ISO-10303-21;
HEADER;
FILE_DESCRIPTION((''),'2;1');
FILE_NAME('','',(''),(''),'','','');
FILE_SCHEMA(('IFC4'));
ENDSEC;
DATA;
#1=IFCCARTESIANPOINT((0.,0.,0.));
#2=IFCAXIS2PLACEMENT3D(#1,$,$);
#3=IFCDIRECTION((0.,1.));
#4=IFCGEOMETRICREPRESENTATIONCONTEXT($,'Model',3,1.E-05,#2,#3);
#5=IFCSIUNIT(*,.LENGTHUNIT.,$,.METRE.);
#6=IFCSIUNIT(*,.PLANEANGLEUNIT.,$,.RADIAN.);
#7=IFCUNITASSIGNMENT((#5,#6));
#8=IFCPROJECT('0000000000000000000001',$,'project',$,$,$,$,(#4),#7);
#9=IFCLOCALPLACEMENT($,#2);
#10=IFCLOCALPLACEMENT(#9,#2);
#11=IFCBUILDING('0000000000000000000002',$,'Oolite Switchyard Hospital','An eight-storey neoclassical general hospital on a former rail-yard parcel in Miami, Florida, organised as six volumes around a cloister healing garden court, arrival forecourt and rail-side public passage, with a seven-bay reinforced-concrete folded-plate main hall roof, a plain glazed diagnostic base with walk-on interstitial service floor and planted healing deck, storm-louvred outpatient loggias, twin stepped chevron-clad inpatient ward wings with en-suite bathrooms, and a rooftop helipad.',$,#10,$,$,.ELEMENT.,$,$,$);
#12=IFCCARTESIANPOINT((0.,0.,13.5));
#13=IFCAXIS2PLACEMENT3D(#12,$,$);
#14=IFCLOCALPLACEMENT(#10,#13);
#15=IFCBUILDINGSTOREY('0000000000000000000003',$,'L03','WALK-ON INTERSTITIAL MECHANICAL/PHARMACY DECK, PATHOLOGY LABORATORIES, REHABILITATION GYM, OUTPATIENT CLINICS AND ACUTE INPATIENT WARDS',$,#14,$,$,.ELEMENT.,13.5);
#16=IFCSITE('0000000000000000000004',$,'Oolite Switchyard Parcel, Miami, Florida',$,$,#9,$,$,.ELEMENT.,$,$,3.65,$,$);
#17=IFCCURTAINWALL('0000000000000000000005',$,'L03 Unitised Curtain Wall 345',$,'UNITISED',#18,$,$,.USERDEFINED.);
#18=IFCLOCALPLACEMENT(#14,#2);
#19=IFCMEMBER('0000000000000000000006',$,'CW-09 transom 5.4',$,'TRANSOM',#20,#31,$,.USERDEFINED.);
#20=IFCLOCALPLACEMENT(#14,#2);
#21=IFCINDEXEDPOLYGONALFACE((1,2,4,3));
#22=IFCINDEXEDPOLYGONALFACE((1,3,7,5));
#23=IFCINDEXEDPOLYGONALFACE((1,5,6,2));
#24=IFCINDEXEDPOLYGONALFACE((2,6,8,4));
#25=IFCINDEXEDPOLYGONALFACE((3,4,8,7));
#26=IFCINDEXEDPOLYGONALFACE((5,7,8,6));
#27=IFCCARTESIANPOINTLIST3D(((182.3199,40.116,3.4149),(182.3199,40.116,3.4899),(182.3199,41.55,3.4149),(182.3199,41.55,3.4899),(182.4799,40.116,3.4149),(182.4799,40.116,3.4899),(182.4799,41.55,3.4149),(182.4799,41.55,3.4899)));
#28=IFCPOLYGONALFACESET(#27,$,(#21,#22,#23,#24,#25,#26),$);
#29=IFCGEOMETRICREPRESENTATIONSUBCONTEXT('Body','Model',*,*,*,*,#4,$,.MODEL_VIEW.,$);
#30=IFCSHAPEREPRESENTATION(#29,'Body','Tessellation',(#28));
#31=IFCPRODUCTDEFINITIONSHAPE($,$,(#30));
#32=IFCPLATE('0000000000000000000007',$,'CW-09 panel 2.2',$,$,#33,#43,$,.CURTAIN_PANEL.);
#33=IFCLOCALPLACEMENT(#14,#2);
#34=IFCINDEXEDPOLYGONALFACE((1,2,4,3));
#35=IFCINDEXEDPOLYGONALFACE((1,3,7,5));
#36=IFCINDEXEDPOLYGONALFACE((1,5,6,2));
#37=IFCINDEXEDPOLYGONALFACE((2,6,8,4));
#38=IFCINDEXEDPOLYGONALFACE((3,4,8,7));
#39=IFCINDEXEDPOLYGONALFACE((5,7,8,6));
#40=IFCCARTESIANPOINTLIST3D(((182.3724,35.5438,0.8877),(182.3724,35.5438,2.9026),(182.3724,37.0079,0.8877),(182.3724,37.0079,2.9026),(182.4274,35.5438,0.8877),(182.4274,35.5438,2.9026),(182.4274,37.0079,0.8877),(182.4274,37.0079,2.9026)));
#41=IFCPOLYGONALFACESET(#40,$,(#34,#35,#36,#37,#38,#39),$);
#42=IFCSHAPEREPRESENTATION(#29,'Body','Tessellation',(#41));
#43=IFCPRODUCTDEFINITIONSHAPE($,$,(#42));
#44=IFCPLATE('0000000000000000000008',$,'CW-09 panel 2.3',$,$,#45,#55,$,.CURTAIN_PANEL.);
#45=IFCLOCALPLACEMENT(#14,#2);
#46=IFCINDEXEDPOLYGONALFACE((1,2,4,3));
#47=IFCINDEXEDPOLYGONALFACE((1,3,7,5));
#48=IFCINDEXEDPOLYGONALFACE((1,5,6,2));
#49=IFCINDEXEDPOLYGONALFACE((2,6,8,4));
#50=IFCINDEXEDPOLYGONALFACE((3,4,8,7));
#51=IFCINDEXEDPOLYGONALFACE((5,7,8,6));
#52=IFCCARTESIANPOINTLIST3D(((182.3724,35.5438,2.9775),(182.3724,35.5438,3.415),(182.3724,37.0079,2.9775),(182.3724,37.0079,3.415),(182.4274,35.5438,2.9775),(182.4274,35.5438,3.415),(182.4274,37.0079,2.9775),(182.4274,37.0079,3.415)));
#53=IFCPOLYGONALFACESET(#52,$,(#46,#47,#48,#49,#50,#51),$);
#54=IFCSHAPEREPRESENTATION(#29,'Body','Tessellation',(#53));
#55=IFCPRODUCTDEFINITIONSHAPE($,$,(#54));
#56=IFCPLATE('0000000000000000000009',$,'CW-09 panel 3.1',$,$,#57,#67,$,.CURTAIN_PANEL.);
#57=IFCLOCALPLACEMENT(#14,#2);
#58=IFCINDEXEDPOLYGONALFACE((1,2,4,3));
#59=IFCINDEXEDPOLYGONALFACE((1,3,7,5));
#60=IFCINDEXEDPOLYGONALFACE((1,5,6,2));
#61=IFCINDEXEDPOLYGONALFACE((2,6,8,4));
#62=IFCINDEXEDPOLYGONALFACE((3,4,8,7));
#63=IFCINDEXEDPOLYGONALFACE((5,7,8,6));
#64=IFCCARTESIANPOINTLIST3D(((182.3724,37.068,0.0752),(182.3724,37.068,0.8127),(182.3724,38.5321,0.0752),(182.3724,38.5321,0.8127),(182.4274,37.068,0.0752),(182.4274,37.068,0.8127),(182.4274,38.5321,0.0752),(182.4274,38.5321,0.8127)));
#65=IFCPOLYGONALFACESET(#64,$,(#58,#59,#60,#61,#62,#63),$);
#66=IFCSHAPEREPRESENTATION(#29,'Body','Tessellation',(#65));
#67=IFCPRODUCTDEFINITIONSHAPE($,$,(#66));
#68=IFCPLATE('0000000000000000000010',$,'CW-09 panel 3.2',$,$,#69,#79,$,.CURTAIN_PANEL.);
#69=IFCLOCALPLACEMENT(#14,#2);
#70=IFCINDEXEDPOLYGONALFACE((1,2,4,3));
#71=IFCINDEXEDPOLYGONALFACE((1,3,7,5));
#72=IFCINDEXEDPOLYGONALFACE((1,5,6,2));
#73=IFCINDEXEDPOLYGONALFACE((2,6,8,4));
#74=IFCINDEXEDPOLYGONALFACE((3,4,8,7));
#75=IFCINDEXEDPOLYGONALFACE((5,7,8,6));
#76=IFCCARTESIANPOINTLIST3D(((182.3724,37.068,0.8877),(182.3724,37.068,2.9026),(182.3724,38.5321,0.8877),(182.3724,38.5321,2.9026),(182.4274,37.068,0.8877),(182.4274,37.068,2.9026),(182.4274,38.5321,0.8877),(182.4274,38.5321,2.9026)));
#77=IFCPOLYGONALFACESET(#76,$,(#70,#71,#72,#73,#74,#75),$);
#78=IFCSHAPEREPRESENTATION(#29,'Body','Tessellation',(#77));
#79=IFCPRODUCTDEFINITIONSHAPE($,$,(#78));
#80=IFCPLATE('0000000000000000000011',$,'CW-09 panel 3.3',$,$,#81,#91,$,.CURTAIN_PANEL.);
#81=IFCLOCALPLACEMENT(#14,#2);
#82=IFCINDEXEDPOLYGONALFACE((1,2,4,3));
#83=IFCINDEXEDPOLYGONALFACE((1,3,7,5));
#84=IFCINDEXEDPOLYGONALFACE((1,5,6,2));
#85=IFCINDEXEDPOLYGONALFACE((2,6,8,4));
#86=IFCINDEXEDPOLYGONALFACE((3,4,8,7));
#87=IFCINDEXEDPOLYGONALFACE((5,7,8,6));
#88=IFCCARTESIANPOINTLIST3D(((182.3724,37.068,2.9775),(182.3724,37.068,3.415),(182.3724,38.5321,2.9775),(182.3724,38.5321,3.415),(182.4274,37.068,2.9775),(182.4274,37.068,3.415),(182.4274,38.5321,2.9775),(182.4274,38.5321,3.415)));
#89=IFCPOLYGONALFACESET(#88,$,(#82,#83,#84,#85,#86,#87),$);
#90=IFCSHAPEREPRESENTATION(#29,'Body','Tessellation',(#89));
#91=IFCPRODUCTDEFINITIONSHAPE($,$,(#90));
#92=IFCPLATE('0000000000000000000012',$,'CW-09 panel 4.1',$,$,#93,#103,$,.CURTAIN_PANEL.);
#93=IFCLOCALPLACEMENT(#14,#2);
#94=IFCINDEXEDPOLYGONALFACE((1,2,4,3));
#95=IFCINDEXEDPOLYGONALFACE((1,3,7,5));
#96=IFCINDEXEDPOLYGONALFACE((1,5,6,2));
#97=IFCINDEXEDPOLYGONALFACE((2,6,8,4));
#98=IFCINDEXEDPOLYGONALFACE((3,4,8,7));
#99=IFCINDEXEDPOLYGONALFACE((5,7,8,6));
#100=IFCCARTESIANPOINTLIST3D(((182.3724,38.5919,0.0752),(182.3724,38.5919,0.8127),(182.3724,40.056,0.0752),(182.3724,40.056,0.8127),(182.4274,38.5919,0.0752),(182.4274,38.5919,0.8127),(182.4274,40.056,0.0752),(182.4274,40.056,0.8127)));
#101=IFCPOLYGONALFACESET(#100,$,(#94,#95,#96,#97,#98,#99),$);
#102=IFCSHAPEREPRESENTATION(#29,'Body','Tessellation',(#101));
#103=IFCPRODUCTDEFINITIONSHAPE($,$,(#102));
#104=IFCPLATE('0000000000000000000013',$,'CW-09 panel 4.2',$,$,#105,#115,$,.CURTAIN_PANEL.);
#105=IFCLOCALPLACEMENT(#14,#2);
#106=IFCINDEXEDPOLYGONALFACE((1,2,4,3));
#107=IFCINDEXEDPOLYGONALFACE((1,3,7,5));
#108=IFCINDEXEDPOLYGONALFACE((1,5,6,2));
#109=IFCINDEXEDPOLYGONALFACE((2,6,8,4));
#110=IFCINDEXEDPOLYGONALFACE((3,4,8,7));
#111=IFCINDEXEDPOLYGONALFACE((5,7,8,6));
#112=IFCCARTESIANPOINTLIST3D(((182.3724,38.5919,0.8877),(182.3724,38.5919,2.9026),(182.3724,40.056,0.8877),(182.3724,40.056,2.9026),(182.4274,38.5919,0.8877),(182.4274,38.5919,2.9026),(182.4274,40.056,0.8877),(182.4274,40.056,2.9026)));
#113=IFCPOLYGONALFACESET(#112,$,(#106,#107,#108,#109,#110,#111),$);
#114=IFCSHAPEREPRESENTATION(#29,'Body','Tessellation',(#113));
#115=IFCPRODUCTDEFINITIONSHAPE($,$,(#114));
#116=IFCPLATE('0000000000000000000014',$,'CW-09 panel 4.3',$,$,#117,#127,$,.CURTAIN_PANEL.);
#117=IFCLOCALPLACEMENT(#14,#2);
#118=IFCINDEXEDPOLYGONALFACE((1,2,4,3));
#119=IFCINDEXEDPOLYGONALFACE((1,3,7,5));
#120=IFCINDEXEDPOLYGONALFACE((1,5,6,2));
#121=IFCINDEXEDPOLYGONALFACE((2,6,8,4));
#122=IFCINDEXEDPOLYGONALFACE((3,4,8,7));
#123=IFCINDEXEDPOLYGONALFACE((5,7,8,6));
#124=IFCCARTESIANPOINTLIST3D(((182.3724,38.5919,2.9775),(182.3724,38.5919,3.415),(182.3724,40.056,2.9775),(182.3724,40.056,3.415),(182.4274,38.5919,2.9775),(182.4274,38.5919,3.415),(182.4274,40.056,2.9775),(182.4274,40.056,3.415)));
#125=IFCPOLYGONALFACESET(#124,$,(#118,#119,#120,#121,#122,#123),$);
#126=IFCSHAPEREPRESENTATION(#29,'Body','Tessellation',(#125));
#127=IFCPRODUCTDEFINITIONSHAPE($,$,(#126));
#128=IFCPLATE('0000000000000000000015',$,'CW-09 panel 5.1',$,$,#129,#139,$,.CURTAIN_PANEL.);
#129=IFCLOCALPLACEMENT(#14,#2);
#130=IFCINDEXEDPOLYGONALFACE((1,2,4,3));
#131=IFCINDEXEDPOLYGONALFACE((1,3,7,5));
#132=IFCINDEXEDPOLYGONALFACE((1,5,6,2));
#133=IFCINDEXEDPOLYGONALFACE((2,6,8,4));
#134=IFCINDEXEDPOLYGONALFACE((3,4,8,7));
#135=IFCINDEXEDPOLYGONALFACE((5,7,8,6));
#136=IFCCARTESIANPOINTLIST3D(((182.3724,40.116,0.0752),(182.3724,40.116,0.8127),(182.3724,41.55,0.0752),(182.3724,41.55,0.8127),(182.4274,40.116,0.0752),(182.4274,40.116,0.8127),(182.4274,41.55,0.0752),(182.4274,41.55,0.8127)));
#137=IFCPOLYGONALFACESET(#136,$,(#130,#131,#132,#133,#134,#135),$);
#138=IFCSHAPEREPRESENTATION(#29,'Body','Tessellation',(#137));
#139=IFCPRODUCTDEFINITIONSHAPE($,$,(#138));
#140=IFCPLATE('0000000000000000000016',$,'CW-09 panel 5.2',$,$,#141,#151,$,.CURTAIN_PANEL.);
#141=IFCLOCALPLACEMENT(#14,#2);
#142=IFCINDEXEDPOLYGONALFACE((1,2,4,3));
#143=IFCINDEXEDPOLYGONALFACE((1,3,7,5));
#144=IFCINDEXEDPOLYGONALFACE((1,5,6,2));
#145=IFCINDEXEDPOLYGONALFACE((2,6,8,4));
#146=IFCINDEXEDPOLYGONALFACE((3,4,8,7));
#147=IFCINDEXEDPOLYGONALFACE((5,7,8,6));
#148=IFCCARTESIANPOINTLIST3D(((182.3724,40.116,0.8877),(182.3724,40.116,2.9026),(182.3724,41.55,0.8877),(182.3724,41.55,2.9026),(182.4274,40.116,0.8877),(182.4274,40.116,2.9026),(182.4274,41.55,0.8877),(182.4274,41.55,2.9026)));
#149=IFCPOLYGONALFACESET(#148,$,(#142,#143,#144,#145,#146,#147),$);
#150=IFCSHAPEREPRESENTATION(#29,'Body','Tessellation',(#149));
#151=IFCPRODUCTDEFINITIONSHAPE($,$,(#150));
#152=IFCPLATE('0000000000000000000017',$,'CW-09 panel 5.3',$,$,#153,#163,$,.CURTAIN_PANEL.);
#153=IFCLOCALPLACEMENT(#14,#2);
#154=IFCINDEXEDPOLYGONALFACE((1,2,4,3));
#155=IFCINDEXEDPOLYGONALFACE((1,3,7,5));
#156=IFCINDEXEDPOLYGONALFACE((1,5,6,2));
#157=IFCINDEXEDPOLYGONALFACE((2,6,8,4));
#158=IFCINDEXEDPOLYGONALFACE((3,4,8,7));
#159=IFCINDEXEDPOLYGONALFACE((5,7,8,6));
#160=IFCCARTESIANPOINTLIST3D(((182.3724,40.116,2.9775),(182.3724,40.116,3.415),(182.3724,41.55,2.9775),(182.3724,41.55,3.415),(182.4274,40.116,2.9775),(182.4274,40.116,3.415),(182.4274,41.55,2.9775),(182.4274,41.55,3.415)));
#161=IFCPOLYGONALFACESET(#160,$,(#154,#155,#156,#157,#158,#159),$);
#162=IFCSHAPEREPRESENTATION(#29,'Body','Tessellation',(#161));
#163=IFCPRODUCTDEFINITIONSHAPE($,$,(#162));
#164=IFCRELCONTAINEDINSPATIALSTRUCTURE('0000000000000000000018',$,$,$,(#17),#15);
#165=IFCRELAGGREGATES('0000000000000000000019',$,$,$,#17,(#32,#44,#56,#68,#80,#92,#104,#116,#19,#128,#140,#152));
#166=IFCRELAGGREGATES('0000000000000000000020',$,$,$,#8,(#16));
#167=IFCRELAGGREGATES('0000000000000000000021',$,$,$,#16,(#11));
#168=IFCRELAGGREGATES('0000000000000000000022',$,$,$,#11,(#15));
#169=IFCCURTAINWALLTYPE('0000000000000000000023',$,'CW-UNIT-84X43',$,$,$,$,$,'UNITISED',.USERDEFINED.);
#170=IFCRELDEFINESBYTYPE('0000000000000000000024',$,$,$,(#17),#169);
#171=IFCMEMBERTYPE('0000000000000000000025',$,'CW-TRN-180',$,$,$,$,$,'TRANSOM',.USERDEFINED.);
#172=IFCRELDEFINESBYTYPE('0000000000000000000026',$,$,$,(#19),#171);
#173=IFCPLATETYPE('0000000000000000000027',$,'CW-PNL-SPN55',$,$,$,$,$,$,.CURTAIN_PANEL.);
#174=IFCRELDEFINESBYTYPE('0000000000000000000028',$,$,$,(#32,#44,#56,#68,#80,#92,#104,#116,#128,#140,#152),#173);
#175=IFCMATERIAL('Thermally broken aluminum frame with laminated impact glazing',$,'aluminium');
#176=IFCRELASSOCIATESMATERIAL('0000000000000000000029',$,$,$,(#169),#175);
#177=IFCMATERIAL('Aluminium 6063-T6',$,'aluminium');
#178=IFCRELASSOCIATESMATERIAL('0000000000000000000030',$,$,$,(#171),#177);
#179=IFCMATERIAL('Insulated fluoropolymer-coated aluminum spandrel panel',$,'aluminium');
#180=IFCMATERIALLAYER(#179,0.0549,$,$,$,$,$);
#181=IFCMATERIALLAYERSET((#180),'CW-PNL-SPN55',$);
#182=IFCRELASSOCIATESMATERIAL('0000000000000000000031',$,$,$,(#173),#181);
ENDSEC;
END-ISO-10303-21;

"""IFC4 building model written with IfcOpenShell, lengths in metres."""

from ifc_helpers import new_model, si_unit, direction, frame, origin, origin_2d, place, context, subcontext, project, spatial, rectangle, extrude, material, layer, layer_set, material_profile, profile_set, type_object, element, aggregate, save


model = new_model("IFC4")

# Units and contexts
model_context = context("Model", 3, precision=1e-05, world=origin(), true_north=direction((0.0, 1.0)))
body_context = subcontext(model_context, "Body", "Model", "MODEL_VIEW")
ifc_project = project(units=[si_unit("LENGTHUNIT", "METRE"), si_unit("PLANEANGLEUNIT", "RADIAN")], contexts=[model_context])

# Site, building, storey
site_placement = place(None, origin())
site = spatial("IfcSite", under=ifc_project, at=site_placement, Name="Oolite Switchyard Parcel, Miami, Florida", CompositionType="ELEMENT", RefElevation=3.65)
building_placement = place(site_placement, origin())
building = spatial("IfcBuilding", under=site, at=building_placement, Name="Oolite Switchyard Hospital", Description="An eight-storey neoclassical general hospital on a former rail-yard parcel in Miami, Florida, organised as six volumes around a cloister healing garden court, arrival forecourt and rail-side public passage, with a seven-bay reinforced-concrete folded-plate main hall roof, a plain glazed diagnostic base with walk-on interstitial service floor and planted healing deck, storm-louvred outpatient loggias, twin stepped chevron-clad inpatient ward wings with en-suite bathrooms, and a rooftop helipad.", CompositionType="ELEMENT")
storey_placement = place(building_placement, frame((0.0, 0.0, 13.5)))
storey = spatial("IfcBuildingStorey", under=building, at=storey_placement, Name="L03", Description="WALK-ON INTERSTITIAL MECHANICAL/PHARMACY DECK, PATHOLOGY LABORATORIES, REHABILITATION GYM, OUTPATIENT CLINICS AND ACUTE INPATIENT WARDS", CompositionType="ELEMENT", Elevation=13.5)

# Curtain wall, member, plates
ifc_material_1 = material(Name="Thermally broken aluminum frame with laminated impact glazing", Category="aluminium")
curtain_wall_type = type_object("IfcCurtainWallType", Name="CW-UNIT-84X43", ElementType="UNITISED", PredefinedType="USERDEFINED", material=ifc_material_1)
curtain_wall_placement = place(storey_placement, origin())
curtain_wall = element("IfcCurtainWall", 1, at=curtain_wall_placement, inside=storey, type_object=curtain_wall_type, Name="L03 Unitised Curtain Wall 345", ObjectType="UNITISED", PredefinedType="USERDEFINED")
ifc_material_2 = material(Name="Aluminium 6063-T6", Category="aluminium")
ifc_material_profile_1 = material_profile(ifc_material_2, rectangle(XDim=0.1599, YDim=0.075, at=origin_2d()), Name="CWT75X160")
ifc_profile_set_1 = profile_set([ifc_material_profile_1], Name="Aluminium 6063-T6")
member_type_1 = type_object("IfcMemberType", Name="CW-TRN-180", ElementType="TRANSOM", PredefinedType="USERDEFINED", material=ifc_profile_set_1)
member_1_placement = place(storey_placement, frame((182.3999, 40.116, 3.4524), z_axis=(0.0, 1.0, 0.0), x_axis=(-1.0, 0.0, 0.0)))
member_1 = element("IfcMember", 2, at=member_1_placement, type_object=member_type_1, Name="CW-09 transom 5.4", ObjectType="TRANSOM", PredefinedType="USERDEFINED", context=body_context, shape_type="SweptSolid", body=[
    extrude(rectangle(XDim=0.1599, YDim=0.075, at=origin_2d()), origin(), (0.0, 0.0, 1.0), 1.4341),
])
ifc_material_3 = material(Name="Insulated fluoropolymer-coated aluminum spandrel panel", Category="aluminium")
ifc_layer = layer(ifc_material_3, 0.0549)
ifc_layer_set = layer_set([ifc_layer], Name="CW-PNL-SPN55")
plate_type = type_object("IfcPlateType", Name="CW-PNL-SPN55", PredefinedType="CURTAIN_PANEL", material=ifc_layer_set)
plate_1_placement = place(storey_placement, frame((182.3999, 36.2759, 0.8877), z_axis=(0.0, 0.0, 1.0), x_axis=(0.0, 1.0, 0.0)))
plate_1 = element("IfcPlate", 3, at=plate_1_placement, type_object=plate_type, Name="CW-09 panel 2.2", PredefinedType="CURTAIN_PANEL", context=body_context, shape_type="SweptSolid", body=[
    extrude(rectangle(XDim=1.4641, YDim=0.0549, at=origin_2d()), origin(), (0.0, 0.0, 1.0), 2.0149),
])
plate_2_placement = place(storey_placement, frame((182.3999, 36.2759, 2.9775), z_axis=(0.0, 0.0, 1.0), x_axis=(0.0, 1.0, 0.0)))
plate_2 = element("IfcPlate", 4, at=plate_2_placement, type_object=plate_type, Name="CW-09 panel 2.3", PredefinedType="CURTAIN_PANEL", context=body_context, shape_type="SweptSolid", body=[
    extrude(rectangle(XDim=1.4641, YDim=0.0549, at=origin_2d()), origin(), (0.0, 0.0, 1.0), 0.4375),
])
plate_3_placement = place(storey_placement, frame((182.3999, 37.8, 0.0752), z_axis=(0.0, 0.0, 1.0), x_axis=(0.0, 1.0, 0.0)))
plate_3 = element("IfcPlate", 5, at=plate_3_placement, type_object=plate_type, Name="CW-09 panel 3.1", PredefinedType="CURTAIN_PANEL", context=body_context, shape_type="SweptSolid", body=[
    extrude(rectangle(XDim=1.4641, YDim=0.0549, at=origin_2d()), origin(), (0.0, 0.0, 1.0), 0.7375),
])
plate_4_placement = place(storey_placement, frame((182.3999, 37.8, 0.8877), z_axis=(0.0, 0.0, 1.0), x_axis=(0.0, 1.0, 0.0)))
plate_4 = element("IfcPlate", 6, at=plate_4_placement, type_object=plate_type, Name="CW-09 panel 3.2", PredefinedType="CURTAIN_PANEL", context=body_context, shape_type="SweptSolid", body=[
    extrude(rectangle(XDim=1.4641, YDim=0.0549, at=origin_2d()), origin(), (0.0, 0.0, 1.0), 2.0149),
])
plate_5_placement = place(storey_placement, frame((182.3999, 37.8, 2.9775), z_axis=(0.0, 0.0, 1.0), x_axis=(0.0, 1.0, 0.0)))
plate_5 = element("IfcPlate", 7, at=plate_5_placement, type_object=plate_type, Name="CW-09 panel 3.3", PredefinedType="CURTAIN_PANEL", context=body_context, shape_type="SweptSolid", body=[
    extrude(rectangle(XDim=1.4641, YDim=0.0549, at=origin_2d()), origin(), (0.0, 0.0, 1.0), 0.4375),
])
plate_6_placement = place(storey_placement, frame((182.3999, 39.324, 0.0752), z_axis=(0.0, 0.0, 1.0), x_axis=(0.0, 1.0, 0.0)))
plate_6 = element("IfcPlate", 8, at=plate_6_placement, type_object=plate_type, Name="CW-09 panel 4.1", PredefinedType="CURTAIN_PANEL", context=body_context, shape_type="SweptSolid", body=[
    extrude(rectangle(XDim=1.4641, YDim=0.0549, at=origin_2d()), origin(), (0.0, 0.0, 1.0), 0.7375),
])
plate_7_placement = place(storey_placement, frame((182.3999, 39.324, 0.8877), z_axis=(0.0, 0.0, 1.0), x_axis=(0.0, 1.0, 0.0)))
plate_7 = element("IfcPlate", 9, at=plate_7_placement, type_object=plate_type, Name="CW-09 panel 4.2", PredefinedType="CURTAIN_PANEL", context=body_context, shape_type="SweptSolid", body=[
    extrude(rectangle(XDim=1.4641, YDim=0.0549, at=origin_2d()), origin(), (0.0, 0.0, 1.0), 2.0149),
])
plate_8_placement = place(storey_placement, frame((182.3999, 39.324, 2.9775), z_axis=(0.0, 0.0, 1.0), x_axis=(0.0, 1.0, 0.0)))
plate_8 = element("IfcPlate", 10, at=plate_8_placement, type_object=plate_type, Name="CW-09 panel 4.3", PredefinedType="CURTAIN_PANEL", context=body_context, shape_type="SweptSolid", body=[
    extrude(rectangle(XDim=1.4641, YDim=0.0549, at=origin_2d()), origin(), (0.0, 0.0, 1.0), 0.4375),
])
plate_9_placement = place(storey_placement, frame((182.3999, 40.833, 0.0752), z_axis=(0.0, 0.0, 1.0), x_axis=(0.0, 1.0, 0.0)))
plate_9 = element("IfcPlate", 11, at=plate_9_placement, type_object=plate_type, Name="CW-09 panel 5.1", PredefinedType="CURTAIN_PANEL", context=body_context, shape_type="SweptSolid", body=[
    extrude(rectangle(XDim=1.4341, YDim=0.0549, at=origin_2d()), origin(), (0.0, 0.0, 1.0), 0.7375),
])
plate_10_placement = place(storey_placement, frame((182.3999, 40.833, 0.8877), z_axis=(0.0, 0.0, 1.0), x_axis=(0.0, 1.0, 0.0)))
plate_10 = element("IfcPlate", 12, at=plate_10_placement, type_object=plate_type, Name="CW-09 panel 5.2", PredefinedType="CURTAIN_PANEL", context=body_context, shape_type="SweptSolid", body=[
    extrude(rectangle(XDim=1.4341, YDim=0.0549, at=origin_2d()), origin(), (0.0, 0.0, 1.0), 2.0149),
])
plate_11_placement = place(storey_placement, frame((182.3999, 40.833, 2.9775), z_axis=(0.0, 0.0, 1.0), x_axis=(0.0, 1.0, 0.0)))
plate_11 = element("IfcPlate", 13, at=plate_11_placement, type_object=plate_type, Name="CW-09 panel 5.3", PredefinedType="CURTAIN_PANEL", context=body_context, shape_type="SweptSolid", body=[
    extrude(rectangle(XDim=1.4341, YDim=0.0549, at=origin_2d()), origin(), (0.0, 0.0, 1.0), 0.4375),
])
aggregate(curtain_wall, [plate_1, plate_2, plate_3, plate_4, plate_5, plate_6, plate_7, plate_8, member_1, plate_9, plate_10, plate_11])

save(model, "model.ifc")
